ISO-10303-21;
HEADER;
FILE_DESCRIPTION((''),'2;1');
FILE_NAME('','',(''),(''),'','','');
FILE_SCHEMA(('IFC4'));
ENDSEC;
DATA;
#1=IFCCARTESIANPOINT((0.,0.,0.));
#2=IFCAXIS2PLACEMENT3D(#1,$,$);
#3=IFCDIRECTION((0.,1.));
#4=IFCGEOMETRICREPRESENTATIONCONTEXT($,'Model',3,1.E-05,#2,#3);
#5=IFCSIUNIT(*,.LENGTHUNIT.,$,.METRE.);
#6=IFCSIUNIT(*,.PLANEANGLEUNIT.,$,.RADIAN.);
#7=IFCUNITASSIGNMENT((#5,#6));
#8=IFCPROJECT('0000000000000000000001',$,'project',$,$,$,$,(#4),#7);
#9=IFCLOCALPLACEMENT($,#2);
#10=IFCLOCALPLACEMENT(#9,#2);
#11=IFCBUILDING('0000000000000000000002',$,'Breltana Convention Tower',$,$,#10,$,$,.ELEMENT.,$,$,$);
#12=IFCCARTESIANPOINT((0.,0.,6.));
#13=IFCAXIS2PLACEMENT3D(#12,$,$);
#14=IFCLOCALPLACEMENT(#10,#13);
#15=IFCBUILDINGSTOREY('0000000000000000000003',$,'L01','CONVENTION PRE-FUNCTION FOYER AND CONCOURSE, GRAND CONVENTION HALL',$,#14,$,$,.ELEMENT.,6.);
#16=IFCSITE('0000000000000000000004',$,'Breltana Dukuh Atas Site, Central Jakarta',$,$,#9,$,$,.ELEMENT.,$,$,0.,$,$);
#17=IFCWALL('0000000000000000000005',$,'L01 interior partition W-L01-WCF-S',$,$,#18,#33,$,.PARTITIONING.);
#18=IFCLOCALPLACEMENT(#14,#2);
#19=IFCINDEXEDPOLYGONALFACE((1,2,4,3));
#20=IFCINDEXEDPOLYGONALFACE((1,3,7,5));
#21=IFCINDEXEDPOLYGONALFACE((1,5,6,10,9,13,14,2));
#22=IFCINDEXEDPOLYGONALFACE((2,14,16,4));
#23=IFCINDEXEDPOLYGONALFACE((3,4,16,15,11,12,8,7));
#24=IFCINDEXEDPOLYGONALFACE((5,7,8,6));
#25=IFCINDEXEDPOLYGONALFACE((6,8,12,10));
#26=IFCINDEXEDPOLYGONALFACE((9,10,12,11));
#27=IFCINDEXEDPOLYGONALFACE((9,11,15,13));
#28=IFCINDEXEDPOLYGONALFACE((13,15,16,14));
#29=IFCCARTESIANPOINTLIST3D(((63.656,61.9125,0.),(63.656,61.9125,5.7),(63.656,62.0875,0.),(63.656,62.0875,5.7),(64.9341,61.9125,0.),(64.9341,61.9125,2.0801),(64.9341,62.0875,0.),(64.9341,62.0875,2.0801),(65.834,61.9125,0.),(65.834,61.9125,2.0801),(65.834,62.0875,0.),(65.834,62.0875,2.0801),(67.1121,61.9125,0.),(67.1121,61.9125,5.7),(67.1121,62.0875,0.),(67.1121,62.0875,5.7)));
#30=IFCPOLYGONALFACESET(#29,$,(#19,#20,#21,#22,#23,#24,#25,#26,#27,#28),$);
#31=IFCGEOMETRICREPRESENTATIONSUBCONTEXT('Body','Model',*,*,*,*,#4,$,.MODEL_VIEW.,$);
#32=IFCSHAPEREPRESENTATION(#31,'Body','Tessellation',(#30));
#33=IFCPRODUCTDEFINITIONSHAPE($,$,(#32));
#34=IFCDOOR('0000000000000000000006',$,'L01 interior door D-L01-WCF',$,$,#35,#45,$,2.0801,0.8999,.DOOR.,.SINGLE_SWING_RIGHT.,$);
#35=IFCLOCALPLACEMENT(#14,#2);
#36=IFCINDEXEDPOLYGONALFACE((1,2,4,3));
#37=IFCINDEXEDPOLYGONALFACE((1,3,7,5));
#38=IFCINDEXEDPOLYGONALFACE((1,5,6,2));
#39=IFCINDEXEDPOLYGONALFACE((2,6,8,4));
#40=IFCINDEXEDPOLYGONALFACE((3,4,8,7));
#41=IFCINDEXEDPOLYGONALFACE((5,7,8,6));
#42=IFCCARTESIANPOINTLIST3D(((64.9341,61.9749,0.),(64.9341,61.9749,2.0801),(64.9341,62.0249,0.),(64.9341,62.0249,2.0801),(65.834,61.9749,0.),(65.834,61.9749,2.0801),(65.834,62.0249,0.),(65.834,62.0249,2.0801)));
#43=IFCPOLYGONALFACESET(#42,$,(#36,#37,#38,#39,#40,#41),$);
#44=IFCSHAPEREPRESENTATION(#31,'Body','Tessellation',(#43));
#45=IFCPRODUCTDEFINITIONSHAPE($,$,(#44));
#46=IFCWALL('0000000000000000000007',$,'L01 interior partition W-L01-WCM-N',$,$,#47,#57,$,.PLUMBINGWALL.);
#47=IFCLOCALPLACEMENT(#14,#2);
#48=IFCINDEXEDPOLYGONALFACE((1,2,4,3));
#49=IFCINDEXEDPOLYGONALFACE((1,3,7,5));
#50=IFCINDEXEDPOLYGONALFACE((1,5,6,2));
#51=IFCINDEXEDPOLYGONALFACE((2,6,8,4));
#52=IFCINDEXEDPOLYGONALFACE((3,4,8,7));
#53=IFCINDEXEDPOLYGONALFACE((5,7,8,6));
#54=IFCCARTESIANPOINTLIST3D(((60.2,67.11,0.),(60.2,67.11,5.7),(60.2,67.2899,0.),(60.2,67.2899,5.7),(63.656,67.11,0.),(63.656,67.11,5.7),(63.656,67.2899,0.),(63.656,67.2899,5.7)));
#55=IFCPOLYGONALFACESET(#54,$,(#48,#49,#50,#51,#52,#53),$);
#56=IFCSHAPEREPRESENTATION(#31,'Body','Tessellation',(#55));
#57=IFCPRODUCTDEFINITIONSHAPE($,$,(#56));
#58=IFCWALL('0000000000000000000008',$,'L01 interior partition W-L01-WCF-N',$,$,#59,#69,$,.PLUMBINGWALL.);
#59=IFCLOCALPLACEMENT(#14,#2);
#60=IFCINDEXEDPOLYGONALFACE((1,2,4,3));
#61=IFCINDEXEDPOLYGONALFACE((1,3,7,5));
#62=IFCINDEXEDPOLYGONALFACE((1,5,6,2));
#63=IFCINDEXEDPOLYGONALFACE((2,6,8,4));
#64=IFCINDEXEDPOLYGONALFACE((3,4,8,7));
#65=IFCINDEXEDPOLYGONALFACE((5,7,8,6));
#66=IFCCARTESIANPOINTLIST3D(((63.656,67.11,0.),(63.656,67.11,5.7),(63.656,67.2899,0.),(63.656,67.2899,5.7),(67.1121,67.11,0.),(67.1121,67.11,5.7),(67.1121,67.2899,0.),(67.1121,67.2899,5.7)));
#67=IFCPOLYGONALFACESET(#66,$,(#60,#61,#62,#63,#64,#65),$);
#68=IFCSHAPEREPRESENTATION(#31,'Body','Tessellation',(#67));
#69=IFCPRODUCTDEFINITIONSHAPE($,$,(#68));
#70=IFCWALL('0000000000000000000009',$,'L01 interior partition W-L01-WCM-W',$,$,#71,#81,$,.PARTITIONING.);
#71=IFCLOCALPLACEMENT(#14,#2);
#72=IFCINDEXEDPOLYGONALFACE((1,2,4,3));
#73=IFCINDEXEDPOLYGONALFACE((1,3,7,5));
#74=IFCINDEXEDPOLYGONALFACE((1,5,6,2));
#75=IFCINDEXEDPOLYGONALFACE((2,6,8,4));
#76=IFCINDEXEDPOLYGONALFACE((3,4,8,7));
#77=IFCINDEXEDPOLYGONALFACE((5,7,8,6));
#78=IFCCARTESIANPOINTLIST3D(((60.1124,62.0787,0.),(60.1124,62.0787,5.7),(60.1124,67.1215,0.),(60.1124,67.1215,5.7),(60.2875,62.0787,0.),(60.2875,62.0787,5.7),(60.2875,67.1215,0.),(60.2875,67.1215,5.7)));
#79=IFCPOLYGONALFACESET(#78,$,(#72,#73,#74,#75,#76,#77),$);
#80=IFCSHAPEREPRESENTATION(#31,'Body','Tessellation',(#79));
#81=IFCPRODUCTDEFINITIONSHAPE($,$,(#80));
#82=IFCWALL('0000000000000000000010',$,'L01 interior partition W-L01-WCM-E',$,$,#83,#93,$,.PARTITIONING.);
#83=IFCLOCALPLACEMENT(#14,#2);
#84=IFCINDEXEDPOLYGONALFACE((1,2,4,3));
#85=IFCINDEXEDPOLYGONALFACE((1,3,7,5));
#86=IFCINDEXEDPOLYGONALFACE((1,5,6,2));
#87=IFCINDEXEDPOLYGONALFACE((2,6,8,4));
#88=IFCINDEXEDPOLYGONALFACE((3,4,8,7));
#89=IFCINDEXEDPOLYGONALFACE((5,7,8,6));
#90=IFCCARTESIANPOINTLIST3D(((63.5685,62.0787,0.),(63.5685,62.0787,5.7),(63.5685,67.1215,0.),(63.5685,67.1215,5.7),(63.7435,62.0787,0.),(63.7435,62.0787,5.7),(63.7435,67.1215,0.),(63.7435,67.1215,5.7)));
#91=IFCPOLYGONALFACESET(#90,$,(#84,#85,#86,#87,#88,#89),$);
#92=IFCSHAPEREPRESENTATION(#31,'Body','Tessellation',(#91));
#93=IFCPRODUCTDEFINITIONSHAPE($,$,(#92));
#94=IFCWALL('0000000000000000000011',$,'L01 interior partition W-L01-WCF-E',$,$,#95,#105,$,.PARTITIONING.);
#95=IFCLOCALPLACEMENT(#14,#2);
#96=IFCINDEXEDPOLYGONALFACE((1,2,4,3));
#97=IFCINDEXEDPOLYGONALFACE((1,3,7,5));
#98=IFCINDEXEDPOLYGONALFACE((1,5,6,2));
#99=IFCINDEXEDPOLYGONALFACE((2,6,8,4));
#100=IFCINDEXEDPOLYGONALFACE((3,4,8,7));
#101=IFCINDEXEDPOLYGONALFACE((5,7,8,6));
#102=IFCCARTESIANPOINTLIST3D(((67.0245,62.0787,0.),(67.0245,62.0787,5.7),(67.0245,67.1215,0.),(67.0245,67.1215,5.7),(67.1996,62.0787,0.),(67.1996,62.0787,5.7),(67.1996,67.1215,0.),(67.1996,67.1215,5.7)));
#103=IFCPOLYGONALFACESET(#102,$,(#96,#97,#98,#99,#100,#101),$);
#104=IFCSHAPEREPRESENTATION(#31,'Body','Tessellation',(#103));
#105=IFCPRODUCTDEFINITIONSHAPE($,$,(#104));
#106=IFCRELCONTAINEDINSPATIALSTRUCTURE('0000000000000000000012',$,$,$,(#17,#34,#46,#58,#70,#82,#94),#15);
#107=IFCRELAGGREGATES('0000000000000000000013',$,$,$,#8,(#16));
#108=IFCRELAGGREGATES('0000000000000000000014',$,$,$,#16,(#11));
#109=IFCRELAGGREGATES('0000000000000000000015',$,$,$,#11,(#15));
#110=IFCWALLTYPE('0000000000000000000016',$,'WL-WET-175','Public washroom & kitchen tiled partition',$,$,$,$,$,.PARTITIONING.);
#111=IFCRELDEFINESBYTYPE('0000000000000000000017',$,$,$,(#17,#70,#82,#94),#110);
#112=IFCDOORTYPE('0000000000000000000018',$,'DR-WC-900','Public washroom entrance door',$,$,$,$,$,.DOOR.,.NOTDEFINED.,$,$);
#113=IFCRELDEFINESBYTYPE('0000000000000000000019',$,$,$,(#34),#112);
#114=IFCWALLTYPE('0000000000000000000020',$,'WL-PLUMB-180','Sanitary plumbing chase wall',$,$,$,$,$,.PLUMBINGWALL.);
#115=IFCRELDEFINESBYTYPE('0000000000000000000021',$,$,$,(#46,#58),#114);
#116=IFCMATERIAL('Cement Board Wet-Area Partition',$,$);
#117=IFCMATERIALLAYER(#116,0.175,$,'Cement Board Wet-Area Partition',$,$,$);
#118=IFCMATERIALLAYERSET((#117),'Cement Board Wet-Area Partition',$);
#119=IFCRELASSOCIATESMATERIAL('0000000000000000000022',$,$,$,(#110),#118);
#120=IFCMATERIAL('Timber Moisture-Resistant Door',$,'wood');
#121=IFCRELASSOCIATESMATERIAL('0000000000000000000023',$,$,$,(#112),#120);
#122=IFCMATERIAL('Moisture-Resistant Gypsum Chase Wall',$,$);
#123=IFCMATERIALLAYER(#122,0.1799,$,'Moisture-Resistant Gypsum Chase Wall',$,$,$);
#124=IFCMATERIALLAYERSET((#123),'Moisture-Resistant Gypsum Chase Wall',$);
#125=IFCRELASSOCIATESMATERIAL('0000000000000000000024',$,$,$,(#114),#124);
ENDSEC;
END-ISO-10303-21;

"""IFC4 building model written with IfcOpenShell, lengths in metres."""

from ifc_helpers import new_model, si_unit, direction, frame, frame_2d, origin, place, context, subcontext, project, spatial, rectangle, extrude, source, transform, mapped, material, layer, layer_set, type_object, type_shapes, element, fill, save


model = new_model("IFC4")

# Units and contexts
model_context = context("Model", 3, precision=1e-05, world=origin(), true_north=direction((0.0, 1.0)))
body_context = subcontext(model_context, "Body", "Model", "MODEL_VIEW")
ifc_project = project(units=[si_unit("LENGTHUNIT", "METRE"), si_unit("PLANEANGLEUNIT", "RADIAN")], contexts=[model_context])

# Site, building, storey
site_placement = place(None, origin())
site = spatial("IfcSite", under=ifc_project, at=site_placement, Name="Breltana Dukuh Atas Site, Central Jakarta", CompositionType="ELEMENT", RefElevation=0.0)
building_placement = place(site_placement, origin())
building = spatial("IfcBuilding", under=site, at=building_placement, Name="Breltana Convention Tower", CompositionType="ELEMENT")
storey_placement = place(building_placement, frame((0.0, 0.0, 6.0)))
storey = spatial("IfcBuildingStorey", under=building, at=storey_placement, Name="L01", Description="CONVENTION PRE-FUNCTION FOYER AND CONCOURSE, GRAND CONVENTION HALL", CompositionType="ELEMENT", Elevation=6.0)

# Wall, opening, door
ifc_material_1 = material(Name="Cement Board Wet-Area Partition")
ifc_layer_1 = layer(ifc_material_1, 0.175, Name="Cement Board Wet-Area Partition")
ifc_layer_set_1 = layer_set([ifc_layer_1], Name="Cement Board Wet-Area Partition")
wall_type_1 = type_object("IfcWallType", Name="WL-WET-175", Description="Public washroom & kitchen tiled partition", PredefinedType="PARTITIONING", material=ifc_layer_set_1)
shared_shape_1 = source(origin(), body_context, "Body", "SweptSolid", [
    extrude(rectangle(XDim=3.4561, YDim=0.175, at=frame_2d((1.728, 0.0))), origin(), (0.0, 0.0, 1.0), 5.7),
])
ifc_material_2 = material(Name="Timber Moisture-Resistant Door", Category="wood")
door_type_1 = type_object("IfcDoorType", Name="DR-WC-900", Description="Public washroom entrance door", OperationType="NOTDEFINED", PredefinedType="DOOR", material=ifc_material_2)
shared_shape_2 = source(origin(), body_context, "Body", "SweptSolid", [
    extrude(rectangle(XDim=0.8999, YDim=2.0801, at=frame_2d((0.45, 1.04))), frame((0.0, 0.0249, 0.0), z_axis=(0.0, -1.0, 0.0), x_axis=(1.0, 0.0, 0.0)), (0.0, 0.0, 1.0), 0.05),
])
type_shapes(door_type_1, [shared_shape_2])
wall_1_placement = place(storey_placement, frame((63.656, 62.0, 0.0), z_axis=(0.0, 0.0, 1.0), x_axis=(1.0, 0.0, 0.0)))
wall_1 = element("IfcWall", 1, at=wall_1_placement, inside=storey, type_object=wall_type_1, Name="L01 interior partition W-L01-WCF-S", PredefinedType="PARTITIONING", context=body_context, shape_type="MappedRepresentation", body=[
    mapped(shared_shape_1, transform((0.0, 0.0, 0.0), scale=1.0)),
])
opening_1_placement = place(wall_1_placement, frame((1.2781, 0.0, 0.0)))
opening_1 = element("IfcOpeningElement", 2, at=opening_1_placement, cuts=wall_1, PredefinedType="OPENING", context=body_context, shape_type="SweptSolid", body=[
    extrude(rectangle(XDim=0.8999, YDim=2.0801, at=frame_2d((0.45, 1.04))), frame((0.0, 0.0977, 0.0), z_axis=(0.0, -1.0, 0.0), x_axis=(1.0, 0.0, 0.0)), (0.0, 0.0, 1.0), 0.1951),
])
door_1_placement = place(opening_1_placement, origin())
door_1 = element("IfcDoor", 3, at=door_1_placement, inside=storey, type_object=door_type_1, Name="L01 interior door D-L01-WCF", OperationType="SINGLE_SWING_RIGHT", OverallHeight=2.0801, OverallWidth=0.8999, PredefinedType="DOOR", context=body_context, shape_type="MappedRepresentation", body=[
    mapped(shared_shape_2, transform((0.0, 0.0, 0.0), scale=1.0)),
])
fill(opening_1, door_1)

# Walls
ifc_material_3 = material(Name="Moisture-Resistant Gypsum Chase Wall")
ifc_layer_2 = layer(ifc_material_3, 0.1799, Name="Moisture-Resistant Gypsum Chase Wall")
ifc_layer_set_2 = layer_set([ifc_layer_2], Name="Moisture-Resistant Gypsum Chase Wall")
wall_type_2 = type_object("IfcWallType", Name="WL-PLUMB-180", Description="Sanitary plumbing chase wall", PredefinedType="PLUMBINGWALL", material=ifc_layer_set_2)
shared_shape_3 = source(origin(), body_context, "Body", "SweptSolid", [
    extrude(rectangle(XDim=3.4561, YDim=0.1799, at=frame_2d((1.728, 0.0))), origin(), (0.0, 0.0, 1.0), 5.7),
])
for number, where, z_axis, x_axis, name in (
    (4, (60.2, 67.2, 0.0), (0.0, 0.0, 1.0), (1.0, 0.0, 0.0), "L01 interior partition W-L01-WCM-N"),
    (5, (63.656, 67.2, 0.0), (0.0, 0.0, 1.0), (1.0, 0.0, 0.0), "L01 interior partition W-L01-WCF-N"),
):
    element("IfcWall", number, at=place(storey_placement, frame(where, z_axis=z_axis, x_axis=x_axis)), inside=storey, type_object=wall_type_2, Name=name, PredefinedType="PLUMBINGWALL", context=body_context, shape_type="MappedRepresentation", body=[
        mapped(shared_shape_3, transform((0.0, 0.0, 0.0), scale=1.0)),
    ])
shared_shape_4 = source(origin(), body_context, "Body", "SweptSolid", [
    extrude(rectangle(XDim=5.0427, YDim=0.175, at=frame_2d((2.5215, 0.0))), origin(), (0.0, 0.0, 1.0), 5.7),
])
for number, where, z_axis, x_axis, name in (
    (6, (60.2, 62.0786, 0.0), (0.0, 0.0, 1.0), (0.0, 1.0, 0.0), "L01 interior partition W-L01-WCM-W"),
    (7, (63.656, 62.0786, 0.0), (0.0, 0.0, 1.0), (0.0, 1.0, 0.0), "L01 interior partition W-L01-WCM-E"),
    (8, (67.1121, 62.0786, 0.0), (0.0, 0.0, 1.0), (0.0, 1.0, 0.0), "L01 interior partition W-L01-WCF-E"),
):
    element("IfcWall", number, at=place(storey_placement, frame(where, z_axis=z_axis, x_axis=x_axis)), inside=storey, type_object=wall_type_1, Name=name, PredefinedType="PARTITIONING", context=body_context, shape_type="MappedRepresentation", body=[
        mapped(shared_shape_4, transform((0.0, 0.0, 0.0), scale=1.0)),
    ])

save(model, "model.ifc")
